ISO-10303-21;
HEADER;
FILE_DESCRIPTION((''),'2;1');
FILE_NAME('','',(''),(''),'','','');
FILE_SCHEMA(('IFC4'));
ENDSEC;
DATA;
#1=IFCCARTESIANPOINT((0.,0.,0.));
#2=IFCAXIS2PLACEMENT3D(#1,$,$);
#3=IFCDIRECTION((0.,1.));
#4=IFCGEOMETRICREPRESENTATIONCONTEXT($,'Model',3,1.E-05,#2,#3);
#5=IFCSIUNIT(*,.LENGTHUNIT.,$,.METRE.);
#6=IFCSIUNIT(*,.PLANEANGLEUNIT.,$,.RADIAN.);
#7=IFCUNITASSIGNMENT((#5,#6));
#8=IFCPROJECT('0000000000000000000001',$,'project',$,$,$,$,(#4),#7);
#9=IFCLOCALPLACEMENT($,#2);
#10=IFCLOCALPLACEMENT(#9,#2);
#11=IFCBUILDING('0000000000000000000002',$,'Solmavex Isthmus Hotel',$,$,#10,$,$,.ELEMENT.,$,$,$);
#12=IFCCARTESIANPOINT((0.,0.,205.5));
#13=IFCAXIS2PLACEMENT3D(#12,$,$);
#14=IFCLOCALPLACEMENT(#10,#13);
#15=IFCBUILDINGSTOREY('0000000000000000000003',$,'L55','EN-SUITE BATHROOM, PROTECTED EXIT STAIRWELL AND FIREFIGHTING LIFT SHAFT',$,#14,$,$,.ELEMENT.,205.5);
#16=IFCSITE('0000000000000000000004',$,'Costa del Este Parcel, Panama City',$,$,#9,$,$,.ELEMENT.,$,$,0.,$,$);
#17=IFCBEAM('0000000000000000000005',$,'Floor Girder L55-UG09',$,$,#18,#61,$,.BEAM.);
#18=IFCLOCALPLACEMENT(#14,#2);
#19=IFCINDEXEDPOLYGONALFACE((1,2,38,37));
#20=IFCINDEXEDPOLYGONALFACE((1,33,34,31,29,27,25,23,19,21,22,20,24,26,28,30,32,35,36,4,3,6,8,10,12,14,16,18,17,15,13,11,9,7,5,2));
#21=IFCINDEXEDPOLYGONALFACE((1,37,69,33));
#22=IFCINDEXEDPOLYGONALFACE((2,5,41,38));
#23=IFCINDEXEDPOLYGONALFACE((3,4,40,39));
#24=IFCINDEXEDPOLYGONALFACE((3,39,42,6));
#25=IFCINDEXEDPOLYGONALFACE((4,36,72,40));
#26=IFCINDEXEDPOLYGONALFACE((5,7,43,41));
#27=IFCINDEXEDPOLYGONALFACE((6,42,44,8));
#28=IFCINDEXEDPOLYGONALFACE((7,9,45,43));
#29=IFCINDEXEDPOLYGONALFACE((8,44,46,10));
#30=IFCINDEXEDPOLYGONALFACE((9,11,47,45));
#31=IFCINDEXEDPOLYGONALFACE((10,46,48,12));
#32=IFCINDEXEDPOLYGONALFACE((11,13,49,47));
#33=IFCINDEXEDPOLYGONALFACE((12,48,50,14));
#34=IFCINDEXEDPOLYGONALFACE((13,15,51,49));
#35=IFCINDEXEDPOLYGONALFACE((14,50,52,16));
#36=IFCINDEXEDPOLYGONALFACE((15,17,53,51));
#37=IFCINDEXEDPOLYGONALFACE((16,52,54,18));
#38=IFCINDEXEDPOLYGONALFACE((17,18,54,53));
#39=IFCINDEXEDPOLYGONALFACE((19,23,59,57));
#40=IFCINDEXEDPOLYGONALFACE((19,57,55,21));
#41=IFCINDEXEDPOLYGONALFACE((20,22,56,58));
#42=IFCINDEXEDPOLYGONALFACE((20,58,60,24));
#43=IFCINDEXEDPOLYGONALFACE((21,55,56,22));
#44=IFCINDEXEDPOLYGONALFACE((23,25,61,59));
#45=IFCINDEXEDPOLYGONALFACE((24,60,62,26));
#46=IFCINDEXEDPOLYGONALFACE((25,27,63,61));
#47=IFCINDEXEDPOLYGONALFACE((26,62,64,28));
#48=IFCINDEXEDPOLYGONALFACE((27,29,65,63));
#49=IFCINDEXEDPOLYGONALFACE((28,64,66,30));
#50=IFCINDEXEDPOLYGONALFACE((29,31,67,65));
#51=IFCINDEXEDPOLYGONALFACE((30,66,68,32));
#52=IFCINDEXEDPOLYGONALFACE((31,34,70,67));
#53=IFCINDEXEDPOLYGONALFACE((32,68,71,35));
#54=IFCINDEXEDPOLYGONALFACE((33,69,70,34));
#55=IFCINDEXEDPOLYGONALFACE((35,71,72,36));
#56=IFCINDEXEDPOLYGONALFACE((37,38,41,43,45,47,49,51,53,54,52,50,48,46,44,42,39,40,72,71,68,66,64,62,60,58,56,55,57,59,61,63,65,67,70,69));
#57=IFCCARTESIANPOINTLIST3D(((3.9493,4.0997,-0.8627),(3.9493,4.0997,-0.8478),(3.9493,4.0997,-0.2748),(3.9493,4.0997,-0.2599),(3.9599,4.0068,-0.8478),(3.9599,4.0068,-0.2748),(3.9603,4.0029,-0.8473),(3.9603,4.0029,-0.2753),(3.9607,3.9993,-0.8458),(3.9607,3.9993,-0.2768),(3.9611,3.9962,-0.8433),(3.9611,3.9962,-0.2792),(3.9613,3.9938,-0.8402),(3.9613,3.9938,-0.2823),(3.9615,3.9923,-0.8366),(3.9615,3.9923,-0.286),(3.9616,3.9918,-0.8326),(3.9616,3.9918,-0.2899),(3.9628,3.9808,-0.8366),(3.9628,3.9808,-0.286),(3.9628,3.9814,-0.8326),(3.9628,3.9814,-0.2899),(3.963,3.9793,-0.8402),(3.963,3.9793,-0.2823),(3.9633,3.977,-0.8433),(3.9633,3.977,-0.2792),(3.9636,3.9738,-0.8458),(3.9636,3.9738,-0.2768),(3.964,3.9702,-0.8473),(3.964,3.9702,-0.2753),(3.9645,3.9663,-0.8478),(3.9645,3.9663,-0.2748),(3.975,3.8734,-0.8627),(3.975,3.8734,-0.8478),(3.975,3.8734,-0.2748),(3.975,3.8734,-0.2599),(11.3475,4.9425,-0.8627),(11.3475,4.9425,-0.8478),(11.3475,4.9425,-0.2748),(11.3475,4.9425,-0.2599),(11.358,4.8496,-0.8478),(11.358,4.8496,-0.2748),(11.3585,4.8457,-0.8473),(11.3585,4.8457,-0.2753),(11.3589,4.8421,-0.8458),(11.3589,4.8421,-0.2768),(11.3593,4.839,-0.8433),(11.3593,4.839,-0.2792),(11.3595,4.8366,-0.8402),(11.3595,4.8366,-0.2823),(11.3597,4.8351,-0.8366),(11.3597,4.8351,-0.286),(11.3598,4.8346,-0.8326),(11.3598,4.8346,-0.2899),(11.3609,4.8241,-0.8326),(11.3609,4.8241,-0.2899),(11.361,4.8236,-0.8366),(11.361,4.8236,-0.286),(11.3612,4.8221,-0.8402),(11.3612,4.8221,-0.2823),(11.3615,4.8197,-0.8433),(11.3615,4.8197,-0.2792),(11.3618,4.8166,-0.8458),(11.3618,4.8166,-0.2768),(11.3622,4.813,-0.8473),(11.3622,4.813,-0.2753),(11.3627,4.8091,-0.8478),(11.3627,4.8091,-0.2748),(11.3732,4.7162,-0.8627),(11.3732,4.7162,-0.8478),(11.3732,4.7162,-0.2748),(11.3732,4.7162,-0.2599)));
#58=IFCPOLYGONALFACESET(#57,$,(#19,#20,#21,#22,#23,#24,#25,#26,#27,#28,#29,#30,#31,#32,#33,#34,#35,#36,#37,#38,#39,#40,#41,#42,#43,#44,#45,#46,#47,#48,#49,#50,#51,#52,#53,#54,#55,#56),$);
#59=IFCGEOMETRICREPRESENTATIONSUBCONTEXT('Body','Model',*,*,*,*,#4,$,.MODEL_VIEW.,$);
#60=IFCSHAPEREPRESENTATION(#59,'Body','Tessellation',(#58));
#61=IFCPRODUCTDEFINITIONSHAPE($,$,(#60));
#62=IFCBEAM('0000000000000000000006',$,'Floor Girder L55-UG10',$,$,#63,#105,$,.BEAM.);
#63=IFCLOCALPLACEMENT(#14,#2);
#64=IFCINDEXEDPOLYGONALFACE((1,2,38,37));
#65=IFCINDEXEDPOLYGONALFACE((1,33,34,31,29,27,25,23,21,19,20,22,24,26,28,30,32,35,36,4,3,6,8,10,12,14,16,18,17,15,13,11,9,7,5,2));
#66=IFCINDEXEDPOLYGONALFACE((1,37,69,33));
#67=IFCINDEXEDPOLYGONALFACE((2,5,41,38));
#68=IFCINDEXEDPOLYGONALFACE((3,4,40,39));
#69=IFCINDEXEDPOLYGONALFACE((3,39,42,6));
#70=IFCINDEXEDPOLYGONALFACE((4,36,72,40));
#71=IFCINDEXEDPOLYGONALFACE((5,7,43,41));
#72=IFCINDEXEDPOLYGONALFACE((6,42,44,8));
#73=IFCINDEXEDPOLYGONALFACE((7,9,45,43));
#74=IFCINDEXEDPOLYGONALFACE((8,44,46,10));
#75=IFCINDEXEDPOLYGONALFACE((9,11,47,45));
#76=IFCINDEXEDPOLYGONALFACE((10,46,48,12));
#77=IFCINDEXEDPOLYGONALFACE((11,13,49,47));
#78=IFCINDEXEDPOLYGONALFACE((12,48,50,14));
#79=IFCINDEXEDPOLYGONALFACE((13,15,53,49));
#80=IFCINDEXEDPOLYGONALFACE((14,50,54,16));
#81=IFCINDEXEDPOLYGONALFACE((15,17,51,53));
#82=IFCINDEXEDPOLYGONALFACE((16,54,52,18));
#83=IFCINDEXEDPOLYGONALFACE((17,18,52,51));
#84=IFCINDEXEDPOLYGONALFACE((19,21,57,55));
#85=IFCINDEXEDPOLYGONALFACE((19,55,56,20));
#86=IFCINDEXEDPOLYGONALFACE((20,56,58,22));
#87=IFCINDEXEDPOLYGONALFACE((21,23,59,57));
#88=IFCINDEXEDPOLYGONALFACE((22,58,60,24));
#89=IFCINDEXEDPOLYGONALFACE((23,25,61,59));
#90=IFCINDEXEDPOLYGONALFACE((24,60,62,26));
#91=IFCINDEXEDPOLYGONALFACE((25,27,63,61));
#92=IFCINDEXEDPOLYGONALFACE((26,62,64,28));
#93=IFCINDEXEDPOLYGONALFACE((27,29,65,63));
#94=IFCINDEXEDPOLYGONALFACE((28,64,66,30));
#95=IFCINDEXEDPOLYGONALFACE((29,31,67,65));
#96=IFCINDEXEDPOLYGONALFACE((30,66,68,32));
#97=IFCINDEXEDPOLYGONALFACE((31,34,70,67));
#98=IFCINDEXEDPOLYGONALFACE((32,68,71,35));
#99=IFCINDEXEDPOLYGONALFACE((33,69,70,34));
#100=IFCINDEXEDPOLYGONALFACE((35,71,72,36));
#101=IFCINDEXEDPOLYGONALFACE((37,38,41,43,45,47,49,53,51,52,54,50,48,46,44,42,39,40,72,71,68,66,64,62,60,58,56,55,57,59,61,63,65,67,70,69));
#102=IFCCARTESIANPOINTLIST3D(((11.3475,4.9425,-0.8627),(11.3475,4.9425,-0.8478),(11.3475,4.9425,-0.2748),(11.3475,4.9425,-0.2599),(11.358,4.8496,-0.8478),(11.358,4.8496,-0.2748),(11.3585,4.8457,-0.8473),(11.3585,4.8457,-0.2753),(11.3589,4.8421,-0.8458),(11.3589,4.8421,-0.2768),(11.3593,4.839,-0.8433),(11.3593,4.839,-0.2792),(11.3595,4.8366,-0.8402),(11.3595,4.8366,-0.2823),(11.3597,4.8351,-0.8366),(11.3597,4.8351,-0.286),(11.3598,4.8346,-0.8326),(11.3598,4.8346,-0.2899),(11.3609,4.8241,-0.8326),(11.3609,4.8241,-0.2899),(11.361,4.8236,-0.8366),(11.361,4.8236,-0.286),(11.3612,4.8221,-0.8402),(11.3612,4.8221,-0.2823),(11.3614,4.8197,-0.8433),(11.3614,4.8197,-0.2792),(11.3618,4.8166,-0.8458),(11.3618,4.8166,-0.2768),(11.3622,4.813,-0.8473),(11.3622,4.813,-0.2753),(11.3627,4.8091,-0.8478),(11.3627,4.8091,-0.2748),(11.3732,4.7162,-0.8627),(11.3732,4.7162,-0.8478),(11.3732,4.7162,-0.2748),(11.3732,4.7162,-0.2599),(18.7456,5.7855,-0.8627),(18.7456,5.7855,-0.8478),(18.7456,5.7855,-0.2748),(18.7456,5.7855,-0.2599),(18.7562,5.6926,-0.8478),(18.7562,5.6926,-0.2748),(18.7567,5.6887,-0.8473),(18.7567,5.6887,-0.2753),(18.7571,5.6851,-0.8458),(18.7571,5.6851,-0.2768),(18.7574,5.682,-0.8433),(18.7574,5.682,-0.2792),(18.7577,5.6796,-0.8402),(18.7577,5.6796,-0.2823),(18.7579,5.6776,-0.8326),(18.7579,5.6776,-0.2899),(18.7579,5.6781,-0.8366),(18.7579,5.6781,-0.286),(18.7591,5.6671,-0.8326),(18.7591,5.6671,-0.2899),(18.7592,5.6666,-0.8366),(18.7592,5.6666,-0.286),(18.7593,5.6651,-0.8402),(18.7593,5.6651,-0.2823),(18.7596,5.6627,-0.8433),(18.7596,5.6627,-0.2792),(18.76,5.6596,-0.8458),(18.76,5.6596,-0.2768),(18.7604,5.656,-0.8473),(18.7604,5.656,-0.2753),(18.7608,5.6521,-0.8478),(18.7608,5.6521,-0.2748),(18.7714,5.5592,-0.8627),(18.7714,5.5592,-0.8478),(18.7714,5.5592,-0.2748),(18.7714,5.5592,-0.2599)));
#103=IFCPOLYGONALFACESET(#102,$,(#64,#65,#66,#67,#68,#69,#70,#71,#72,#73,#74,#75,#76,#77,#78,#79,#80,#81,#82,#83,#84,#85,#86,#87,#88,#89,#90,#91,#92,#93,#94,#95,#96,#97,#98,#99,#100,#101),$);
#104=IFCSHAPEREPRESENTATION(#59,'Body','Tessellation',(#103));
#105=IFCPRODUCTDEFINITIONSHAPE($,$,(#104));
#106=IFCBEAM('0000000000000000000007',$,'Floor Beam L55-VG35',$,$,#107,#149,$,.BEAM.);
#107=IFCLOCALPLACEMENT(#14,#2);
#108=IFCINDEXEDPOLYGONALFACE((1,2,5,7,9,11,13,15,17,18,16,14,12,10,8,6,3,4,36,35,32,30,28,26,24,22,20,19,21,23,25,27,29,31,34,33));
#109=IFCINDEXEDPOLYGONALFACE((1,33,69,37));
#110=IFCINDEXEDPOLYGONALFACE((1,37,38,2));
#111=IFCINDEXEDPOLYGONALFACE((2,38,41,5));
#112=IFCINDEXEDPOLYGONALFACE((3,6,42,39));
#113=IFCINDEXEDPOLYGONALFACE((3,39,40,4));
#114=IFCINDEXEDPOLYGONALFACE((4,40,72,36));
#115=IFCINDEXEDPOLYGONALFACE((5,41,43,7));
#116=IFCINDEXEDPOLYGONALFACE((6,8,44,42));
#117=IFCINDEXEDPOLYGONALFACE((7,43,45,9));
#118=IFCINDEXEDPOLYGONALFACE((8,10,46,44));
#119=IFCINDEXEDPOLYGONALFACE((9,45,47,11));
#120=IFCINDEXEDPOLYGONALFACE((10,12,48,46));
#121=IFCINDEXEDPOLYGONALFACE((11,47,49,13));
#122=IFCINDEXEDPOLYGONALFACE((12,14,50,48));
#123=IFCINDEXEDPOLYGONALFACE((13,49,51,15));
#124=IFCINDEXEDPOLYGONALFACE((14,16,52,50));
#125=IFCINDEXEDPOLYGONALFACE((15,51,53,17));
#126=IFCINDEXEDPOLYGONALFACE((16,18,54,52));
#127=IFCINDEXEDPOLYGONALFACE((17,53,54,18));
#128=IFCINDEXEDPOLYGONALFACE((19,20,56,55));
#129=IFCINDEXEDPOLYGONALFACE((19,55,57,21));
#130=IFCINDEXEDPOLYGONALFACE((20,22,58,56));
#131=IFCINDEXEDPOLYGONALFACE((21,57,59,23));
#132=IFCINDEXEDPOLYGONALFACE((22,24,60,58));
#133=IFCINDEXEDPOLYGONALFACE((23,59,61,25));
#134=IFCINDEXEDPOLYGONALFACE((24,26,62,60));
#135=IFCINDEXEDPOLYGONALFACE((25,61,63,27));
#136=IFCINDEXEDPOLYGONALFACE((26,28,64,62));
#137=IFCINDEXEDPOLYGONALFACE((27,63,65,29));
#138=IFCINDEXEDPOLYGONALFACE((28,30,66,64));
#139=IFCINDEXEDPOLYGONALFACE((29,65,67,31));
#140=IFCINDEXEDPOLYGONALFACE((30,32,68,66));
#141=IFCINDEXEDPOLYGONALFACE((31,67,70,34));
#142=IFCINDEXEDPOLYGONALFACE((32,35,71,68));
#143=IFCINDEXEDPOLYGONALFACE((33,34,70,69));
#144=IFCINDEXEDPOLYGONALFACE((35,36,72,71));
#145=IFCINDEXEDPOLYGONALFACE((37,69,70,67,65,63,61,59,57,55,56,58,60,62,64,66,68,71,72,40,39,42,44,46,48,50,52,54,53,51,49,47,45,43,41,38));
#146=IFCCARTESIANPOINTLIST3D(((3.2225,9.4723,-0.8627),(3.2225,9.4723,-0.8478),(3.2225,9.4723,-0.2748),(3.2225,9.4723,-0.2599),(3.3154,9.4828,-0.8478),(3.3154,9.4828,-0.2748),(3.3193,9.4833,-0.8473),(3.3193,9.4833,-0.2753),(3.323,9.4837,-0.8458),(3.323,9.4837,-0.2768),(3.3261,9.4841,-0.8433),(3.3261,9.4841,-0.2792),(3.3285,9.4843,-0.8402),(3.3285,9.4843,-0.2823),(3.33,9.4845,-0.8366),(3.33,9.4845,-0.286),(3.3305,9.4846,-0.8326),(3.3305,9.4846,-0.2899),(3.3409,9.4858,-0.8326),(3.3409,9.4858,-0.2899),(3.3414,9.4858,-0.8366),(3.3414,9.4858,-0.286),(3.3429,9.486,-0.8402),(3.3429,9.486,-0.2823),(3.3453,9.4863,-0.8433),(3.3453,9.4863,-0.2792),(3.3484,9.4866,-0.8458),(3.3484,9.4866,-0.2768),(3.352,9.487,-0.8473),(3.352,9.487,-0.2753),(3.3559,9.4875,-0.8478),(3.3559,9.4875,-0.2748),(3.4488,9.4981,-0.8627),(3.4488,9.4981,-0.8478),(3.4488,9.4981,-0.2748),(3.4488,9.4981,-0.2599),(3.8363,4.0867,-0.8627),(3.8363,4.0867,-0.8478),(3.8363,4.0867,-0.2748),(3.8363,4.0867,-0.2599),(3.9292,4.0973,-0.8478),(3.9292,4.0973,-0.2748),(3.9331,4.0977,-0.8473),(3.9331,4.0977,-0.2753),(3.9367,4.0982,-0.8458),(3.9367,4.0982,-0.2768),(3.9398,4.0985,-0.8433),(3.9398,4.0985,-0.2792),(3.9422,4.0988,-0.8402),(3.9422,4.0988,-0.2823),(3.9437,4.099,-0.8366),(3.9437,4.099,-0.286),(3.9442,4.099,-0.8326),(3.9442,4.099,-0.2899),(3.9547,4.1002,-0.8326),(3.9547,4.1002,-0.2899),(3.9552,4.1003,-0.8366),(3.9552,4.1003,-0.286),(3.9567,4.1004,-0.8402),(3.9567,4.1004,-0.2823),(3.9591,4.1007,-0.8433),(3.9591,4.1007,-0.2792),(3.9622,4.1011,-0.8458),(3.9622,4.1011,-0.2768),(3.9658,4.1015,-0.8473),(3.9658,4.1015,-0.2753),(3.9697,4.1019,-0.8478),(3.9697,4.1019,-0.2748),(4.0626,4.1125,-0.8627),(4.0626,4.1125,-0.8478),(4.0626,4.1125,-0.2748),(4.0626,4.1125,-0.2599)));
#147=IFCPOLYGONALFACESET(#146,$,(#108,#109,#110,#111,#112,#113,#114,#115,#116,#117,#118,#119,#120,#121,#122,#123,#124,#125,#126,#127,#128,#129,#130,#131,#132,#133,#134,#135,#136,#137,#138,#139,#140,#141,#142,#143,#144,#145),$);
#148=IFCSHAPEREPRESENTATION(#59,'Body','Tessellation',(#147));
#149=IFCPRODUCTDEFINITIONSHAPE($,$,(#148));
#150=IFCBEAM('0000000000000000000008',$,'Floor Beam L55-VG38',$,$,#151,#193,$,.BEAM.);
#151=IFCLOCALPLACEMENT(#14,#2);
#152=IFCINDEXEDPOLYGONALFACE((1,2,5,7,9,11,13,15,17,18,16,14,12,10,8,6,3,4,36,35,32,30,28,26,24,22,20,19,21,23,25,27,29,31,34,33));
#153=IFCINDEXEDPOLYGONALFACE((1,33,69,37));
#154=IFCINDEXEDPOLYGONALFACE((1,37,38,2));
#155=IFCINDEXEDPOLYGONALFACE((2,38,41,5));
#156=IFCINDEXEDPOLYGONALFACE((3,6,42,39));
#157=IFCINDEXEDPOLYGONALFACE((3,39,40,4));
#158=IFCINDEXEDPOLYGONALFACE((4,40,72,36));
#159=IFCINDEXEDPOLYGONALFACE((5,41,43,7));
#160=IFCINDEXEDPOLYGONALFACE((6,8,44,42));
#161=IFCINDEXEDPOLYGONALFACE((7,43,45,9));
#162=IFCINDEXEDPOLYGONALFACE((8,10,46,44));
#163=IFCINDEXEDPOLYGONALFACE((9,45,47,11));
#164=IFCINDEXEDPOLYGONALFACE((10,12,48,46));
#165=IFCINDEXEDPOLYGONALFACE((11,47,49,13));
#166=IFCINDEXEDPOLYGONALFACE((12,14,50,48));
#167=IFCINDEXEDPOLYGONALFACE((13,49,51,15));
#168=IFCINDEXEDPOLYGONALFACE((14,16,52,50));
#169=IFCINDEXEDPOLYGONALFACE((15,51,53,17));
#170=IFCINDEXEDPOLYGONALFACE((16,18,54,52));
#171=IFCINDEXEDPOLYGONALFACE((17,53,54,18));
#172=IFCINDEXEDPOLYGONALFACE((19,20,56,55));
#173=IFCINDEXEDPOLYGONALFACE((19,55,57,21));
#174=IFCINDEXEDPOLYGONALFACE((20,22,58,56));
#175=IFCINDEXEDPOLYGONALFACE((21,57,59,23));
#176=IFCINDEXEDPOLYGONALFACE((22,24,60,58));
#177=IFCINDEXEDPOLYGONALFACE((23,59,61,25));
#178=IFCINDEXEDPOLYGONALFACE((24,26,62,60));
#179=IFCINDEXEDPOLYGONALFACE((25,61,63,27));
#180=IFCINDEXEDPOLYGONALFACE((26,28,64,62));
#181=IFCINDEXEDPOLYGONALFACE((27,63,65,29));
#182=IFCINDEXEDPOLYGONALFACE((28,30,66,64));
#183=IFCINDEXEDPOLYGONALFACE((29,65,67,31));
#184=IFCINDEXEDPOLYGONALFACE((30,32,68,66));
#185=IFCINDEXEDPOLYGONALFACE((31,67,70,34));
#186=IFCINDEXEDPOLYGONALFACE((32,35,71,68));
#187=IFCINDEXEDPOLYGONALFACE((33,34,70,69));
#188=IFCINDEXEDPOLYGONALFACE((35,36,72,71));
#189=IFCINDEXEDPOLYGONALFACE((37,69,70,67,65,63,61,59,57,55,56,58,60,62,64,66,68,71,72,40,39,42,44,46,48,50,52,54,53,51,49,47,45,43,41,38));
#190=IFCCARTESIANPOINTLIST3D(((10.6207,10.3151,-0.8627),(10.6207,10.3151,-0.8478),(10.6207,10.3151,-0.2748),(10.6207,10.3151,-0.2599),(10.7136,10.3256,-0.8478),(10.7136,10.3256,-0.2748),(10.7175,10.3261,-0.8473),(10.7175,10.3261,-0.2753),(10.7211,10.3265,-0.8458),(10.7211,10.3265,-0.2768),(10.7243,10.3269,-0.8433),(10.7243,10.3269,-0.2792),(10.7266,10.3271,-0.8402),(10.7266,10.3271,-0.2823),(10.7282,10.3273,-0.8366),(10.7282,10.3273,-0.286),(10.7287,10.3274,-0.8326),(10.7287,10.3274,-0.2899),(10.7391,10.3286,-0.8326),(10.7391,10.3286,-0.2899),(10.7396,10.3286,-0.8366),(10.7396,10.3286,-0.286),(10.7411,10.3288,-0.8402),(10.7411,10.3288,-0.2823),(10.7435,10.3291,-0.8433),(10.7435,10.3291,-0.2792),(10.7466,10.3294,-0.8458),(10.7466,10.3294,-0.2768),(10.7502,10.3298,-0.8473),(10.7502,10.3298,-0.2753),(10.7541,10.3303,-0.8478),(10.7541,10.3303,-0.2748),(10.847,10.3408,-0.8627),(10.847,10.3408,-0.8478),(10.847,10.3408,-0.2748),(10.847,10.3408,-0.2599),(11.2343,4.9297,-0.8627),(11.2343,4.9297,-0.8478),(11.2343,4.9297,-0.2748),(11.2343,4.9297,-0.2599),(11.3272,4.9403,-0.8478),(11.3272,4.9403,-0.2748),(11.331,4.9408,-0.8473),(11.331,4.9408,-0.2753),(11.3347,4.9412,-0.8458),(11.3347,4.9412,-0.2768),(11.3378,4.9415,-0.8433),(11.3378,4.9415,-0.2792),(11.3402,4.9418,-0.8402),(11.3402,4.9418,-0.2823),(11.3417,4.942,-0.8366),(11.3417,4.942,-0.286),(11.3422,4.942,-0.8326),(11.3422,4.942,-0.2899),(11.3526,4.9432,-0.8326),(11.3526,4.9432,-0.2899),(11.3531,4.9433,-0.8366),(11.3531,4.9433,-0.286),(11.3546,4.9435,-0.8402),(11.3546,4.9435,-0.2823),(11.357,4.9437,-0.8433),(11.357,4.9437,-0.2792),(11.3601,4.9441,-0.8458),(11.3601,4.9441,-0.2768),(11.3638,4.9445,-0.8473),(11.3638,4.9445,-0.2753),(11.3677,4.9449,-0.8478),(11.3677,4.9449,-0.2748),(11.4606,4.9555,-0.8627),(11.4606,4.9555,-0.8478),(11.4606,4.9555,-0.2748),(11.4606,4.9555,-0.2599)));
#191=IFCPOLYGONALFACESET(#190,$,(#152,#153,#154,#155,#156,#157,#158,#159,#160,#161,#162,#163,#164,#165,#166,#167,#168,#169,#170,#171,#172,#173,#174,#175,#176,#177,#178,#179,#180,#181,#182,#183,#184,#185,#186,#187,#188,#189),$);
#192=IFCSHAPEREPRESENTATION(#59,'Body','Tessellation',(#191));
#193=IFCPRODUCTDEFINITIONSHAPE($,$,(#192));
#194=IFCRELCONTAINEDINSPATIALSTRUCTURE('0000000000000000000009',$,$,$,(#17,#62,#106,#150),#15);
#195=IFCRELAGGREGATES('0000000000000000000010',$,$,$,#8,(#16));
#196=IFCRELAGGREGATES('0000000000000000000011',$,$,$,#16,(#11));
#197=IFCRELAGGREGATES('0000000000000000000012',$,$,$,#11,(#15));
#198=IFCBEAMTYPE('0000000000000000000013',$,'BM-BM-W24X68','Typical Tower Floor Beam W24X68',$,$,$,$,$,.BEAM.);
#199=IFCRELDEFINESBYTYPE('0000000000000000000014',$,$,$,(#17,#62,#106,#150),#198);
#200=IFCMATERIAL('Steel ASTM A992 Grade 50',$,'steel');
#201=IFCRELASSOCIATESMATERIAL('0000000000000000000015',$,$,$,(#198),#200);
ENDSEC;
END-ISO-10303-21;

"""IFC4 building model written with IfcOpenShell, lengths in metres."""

from ifc_helpers import new_model, si_unit, direction, frame, origin, origin_2d, place, context, subcontext, project, spatial, i_section, extrude, material, material_profile, profile_set, type_object, element, save


model = new_model("IFC4")

# Units and contexts
model_context = context("Model", 3, precision=1e-05, world=origin(), true_north=direction((0.0, 1.0)))
body_context = subcontext(model_context, "Body", "Model", "MODEL_VIEW")
ifc_project = project(units=[si_unit("LENGTHUNIT", "METRE"), si_unit("PLANEANGLEUNIT", "RADIAN")], contexts=[model_context])

# Site, building, storey
site_placement = place(None, origin())
site = spatial("IfcSite", under=ifc_project, at=site_placement, Name="Costa del Este Parcel, Panama City", CompositionType="ELEMENT", RefElevation=0.0)
building_placement = place(site_placement, origin())
building = spatial("IfcBuilding", under=site, at=building_placement, Name="Solmavex Isthmus Hotel", CompositionType="ELEMENT")
storey_placement = place(building_placement, frame((0.0, 0.0, 205.5)))
storey = spatial("IfcBuildingStorey", under=building, at=storey_placement, Name="L55", Description="EN-SUITE BATHROOM, PROTECTED EXIT STAIRWELL AND FIREFIGHTING LIFT SHAFT", CompositionType="ELEMENT", Elevation=205.5)

# Beams
ifc_material_1 = material(Name="Steel ASTM A992 Grade 50", Category="steel")
ifc_material_profile_1 = material_profile(ifc_material_1, i_section(OverallWidth=0.2278, OverallDepth=0.6028, WebThickness=0.0105, FlangeThickness=0.0149, FilletRadius=0.0151, at=origin_2d()), Name="W24X68")
ifc_profile_set_1 = profile_set([ifc_material_profile_1], Name="Steel ASTM A992 Grade 50")
beam_type_1 = type_object("IfcBeamType", Name="BM-BM-W24X68", Description="Typical Tower Floor Beam W24X68", PredefinedType="BEAM", material=ifc_profile_set_1)
for number, where, z_axis, x_axis, name in (
    (1, (3.9622, 3.9866, -0.5613), (0.993574, 0.113184, 0.0), (-0.113184, 0.993574, 0.0), "Floor Girder L55-UG09"),
    (2, (11.3604, 4.8293, -0.5613), (0.99357, 0.113216, 0.0), (-0.113216, 0.99357, 0.0), "Floor Girder L55-UG10"),
):
    element("IfcBeam", number, at=place(storey_placement, frame(where, z_axis=z_axis, x_axis=x_axis)), inside=storey, type_object=beam_type_1, Name=name, PredefinedType="BEAM", context=body_context, shape_type="SweptSolid", body=[
        extrude(i_section(OverallWidth=0.2278, OverallDepth=0.6028, WebThickness=0.0105, FlangeThickness=0.0149, FilletRadius=0.0151, at=origin_2d()), origin(), (0.0, 0.0, 1.0), 7.446),
    ])
beam_1_placement = place(storey_placement, frame((3.9495, 4.0996, -0.5613), z_axis=(-0.113234, 0.993568, 0.0), x_axis=(-0.993568, -0.113234, 0.0)))
element("IfcBeam", 3, at=beam_1_placement, inside=storey, type_object=beam_type_1, Name="Floor Beam L55-VG35", PredefinedType="BEAM", context=body_context, shape_type="SweptSolid", body=[
    extrude(i_section(OverallWidth=0.2278, OverallDepth=0.6028, WebThickness=0.0105, FlangeThickness=0.0149, FilletRadius=0.0151, at=origin_2d()), origin(), (0.0, 0.0, 1.0), 5.4204),
])
beam_2_placement = place(storey_placement, frame((11.3474, 4.9426, -0.5613), z_axis=(-0.113195, 0.993573, 0.0), x_axis=(-0.993573, -0.113195, 0.0)))
element("IfcBeam", 4, at=beam_2_placement, inside=storey, type_object=beam_type_1, Name="Floor Beam L55-VG38", PredefinedType="BEAM", context=body_context, shape_type="SweptSolid", body=[
    extrude(i_section(OverallWidth=0.2278, OverallDepth=0.6028, WebThickness=0.0105, FlangeThickness=0.0149, FilletRadius=0.0151, at=origin_2d()), origin(), (0.0, 0.0, 1.0), 5.4202),
])

save(model, "model.ifc")
